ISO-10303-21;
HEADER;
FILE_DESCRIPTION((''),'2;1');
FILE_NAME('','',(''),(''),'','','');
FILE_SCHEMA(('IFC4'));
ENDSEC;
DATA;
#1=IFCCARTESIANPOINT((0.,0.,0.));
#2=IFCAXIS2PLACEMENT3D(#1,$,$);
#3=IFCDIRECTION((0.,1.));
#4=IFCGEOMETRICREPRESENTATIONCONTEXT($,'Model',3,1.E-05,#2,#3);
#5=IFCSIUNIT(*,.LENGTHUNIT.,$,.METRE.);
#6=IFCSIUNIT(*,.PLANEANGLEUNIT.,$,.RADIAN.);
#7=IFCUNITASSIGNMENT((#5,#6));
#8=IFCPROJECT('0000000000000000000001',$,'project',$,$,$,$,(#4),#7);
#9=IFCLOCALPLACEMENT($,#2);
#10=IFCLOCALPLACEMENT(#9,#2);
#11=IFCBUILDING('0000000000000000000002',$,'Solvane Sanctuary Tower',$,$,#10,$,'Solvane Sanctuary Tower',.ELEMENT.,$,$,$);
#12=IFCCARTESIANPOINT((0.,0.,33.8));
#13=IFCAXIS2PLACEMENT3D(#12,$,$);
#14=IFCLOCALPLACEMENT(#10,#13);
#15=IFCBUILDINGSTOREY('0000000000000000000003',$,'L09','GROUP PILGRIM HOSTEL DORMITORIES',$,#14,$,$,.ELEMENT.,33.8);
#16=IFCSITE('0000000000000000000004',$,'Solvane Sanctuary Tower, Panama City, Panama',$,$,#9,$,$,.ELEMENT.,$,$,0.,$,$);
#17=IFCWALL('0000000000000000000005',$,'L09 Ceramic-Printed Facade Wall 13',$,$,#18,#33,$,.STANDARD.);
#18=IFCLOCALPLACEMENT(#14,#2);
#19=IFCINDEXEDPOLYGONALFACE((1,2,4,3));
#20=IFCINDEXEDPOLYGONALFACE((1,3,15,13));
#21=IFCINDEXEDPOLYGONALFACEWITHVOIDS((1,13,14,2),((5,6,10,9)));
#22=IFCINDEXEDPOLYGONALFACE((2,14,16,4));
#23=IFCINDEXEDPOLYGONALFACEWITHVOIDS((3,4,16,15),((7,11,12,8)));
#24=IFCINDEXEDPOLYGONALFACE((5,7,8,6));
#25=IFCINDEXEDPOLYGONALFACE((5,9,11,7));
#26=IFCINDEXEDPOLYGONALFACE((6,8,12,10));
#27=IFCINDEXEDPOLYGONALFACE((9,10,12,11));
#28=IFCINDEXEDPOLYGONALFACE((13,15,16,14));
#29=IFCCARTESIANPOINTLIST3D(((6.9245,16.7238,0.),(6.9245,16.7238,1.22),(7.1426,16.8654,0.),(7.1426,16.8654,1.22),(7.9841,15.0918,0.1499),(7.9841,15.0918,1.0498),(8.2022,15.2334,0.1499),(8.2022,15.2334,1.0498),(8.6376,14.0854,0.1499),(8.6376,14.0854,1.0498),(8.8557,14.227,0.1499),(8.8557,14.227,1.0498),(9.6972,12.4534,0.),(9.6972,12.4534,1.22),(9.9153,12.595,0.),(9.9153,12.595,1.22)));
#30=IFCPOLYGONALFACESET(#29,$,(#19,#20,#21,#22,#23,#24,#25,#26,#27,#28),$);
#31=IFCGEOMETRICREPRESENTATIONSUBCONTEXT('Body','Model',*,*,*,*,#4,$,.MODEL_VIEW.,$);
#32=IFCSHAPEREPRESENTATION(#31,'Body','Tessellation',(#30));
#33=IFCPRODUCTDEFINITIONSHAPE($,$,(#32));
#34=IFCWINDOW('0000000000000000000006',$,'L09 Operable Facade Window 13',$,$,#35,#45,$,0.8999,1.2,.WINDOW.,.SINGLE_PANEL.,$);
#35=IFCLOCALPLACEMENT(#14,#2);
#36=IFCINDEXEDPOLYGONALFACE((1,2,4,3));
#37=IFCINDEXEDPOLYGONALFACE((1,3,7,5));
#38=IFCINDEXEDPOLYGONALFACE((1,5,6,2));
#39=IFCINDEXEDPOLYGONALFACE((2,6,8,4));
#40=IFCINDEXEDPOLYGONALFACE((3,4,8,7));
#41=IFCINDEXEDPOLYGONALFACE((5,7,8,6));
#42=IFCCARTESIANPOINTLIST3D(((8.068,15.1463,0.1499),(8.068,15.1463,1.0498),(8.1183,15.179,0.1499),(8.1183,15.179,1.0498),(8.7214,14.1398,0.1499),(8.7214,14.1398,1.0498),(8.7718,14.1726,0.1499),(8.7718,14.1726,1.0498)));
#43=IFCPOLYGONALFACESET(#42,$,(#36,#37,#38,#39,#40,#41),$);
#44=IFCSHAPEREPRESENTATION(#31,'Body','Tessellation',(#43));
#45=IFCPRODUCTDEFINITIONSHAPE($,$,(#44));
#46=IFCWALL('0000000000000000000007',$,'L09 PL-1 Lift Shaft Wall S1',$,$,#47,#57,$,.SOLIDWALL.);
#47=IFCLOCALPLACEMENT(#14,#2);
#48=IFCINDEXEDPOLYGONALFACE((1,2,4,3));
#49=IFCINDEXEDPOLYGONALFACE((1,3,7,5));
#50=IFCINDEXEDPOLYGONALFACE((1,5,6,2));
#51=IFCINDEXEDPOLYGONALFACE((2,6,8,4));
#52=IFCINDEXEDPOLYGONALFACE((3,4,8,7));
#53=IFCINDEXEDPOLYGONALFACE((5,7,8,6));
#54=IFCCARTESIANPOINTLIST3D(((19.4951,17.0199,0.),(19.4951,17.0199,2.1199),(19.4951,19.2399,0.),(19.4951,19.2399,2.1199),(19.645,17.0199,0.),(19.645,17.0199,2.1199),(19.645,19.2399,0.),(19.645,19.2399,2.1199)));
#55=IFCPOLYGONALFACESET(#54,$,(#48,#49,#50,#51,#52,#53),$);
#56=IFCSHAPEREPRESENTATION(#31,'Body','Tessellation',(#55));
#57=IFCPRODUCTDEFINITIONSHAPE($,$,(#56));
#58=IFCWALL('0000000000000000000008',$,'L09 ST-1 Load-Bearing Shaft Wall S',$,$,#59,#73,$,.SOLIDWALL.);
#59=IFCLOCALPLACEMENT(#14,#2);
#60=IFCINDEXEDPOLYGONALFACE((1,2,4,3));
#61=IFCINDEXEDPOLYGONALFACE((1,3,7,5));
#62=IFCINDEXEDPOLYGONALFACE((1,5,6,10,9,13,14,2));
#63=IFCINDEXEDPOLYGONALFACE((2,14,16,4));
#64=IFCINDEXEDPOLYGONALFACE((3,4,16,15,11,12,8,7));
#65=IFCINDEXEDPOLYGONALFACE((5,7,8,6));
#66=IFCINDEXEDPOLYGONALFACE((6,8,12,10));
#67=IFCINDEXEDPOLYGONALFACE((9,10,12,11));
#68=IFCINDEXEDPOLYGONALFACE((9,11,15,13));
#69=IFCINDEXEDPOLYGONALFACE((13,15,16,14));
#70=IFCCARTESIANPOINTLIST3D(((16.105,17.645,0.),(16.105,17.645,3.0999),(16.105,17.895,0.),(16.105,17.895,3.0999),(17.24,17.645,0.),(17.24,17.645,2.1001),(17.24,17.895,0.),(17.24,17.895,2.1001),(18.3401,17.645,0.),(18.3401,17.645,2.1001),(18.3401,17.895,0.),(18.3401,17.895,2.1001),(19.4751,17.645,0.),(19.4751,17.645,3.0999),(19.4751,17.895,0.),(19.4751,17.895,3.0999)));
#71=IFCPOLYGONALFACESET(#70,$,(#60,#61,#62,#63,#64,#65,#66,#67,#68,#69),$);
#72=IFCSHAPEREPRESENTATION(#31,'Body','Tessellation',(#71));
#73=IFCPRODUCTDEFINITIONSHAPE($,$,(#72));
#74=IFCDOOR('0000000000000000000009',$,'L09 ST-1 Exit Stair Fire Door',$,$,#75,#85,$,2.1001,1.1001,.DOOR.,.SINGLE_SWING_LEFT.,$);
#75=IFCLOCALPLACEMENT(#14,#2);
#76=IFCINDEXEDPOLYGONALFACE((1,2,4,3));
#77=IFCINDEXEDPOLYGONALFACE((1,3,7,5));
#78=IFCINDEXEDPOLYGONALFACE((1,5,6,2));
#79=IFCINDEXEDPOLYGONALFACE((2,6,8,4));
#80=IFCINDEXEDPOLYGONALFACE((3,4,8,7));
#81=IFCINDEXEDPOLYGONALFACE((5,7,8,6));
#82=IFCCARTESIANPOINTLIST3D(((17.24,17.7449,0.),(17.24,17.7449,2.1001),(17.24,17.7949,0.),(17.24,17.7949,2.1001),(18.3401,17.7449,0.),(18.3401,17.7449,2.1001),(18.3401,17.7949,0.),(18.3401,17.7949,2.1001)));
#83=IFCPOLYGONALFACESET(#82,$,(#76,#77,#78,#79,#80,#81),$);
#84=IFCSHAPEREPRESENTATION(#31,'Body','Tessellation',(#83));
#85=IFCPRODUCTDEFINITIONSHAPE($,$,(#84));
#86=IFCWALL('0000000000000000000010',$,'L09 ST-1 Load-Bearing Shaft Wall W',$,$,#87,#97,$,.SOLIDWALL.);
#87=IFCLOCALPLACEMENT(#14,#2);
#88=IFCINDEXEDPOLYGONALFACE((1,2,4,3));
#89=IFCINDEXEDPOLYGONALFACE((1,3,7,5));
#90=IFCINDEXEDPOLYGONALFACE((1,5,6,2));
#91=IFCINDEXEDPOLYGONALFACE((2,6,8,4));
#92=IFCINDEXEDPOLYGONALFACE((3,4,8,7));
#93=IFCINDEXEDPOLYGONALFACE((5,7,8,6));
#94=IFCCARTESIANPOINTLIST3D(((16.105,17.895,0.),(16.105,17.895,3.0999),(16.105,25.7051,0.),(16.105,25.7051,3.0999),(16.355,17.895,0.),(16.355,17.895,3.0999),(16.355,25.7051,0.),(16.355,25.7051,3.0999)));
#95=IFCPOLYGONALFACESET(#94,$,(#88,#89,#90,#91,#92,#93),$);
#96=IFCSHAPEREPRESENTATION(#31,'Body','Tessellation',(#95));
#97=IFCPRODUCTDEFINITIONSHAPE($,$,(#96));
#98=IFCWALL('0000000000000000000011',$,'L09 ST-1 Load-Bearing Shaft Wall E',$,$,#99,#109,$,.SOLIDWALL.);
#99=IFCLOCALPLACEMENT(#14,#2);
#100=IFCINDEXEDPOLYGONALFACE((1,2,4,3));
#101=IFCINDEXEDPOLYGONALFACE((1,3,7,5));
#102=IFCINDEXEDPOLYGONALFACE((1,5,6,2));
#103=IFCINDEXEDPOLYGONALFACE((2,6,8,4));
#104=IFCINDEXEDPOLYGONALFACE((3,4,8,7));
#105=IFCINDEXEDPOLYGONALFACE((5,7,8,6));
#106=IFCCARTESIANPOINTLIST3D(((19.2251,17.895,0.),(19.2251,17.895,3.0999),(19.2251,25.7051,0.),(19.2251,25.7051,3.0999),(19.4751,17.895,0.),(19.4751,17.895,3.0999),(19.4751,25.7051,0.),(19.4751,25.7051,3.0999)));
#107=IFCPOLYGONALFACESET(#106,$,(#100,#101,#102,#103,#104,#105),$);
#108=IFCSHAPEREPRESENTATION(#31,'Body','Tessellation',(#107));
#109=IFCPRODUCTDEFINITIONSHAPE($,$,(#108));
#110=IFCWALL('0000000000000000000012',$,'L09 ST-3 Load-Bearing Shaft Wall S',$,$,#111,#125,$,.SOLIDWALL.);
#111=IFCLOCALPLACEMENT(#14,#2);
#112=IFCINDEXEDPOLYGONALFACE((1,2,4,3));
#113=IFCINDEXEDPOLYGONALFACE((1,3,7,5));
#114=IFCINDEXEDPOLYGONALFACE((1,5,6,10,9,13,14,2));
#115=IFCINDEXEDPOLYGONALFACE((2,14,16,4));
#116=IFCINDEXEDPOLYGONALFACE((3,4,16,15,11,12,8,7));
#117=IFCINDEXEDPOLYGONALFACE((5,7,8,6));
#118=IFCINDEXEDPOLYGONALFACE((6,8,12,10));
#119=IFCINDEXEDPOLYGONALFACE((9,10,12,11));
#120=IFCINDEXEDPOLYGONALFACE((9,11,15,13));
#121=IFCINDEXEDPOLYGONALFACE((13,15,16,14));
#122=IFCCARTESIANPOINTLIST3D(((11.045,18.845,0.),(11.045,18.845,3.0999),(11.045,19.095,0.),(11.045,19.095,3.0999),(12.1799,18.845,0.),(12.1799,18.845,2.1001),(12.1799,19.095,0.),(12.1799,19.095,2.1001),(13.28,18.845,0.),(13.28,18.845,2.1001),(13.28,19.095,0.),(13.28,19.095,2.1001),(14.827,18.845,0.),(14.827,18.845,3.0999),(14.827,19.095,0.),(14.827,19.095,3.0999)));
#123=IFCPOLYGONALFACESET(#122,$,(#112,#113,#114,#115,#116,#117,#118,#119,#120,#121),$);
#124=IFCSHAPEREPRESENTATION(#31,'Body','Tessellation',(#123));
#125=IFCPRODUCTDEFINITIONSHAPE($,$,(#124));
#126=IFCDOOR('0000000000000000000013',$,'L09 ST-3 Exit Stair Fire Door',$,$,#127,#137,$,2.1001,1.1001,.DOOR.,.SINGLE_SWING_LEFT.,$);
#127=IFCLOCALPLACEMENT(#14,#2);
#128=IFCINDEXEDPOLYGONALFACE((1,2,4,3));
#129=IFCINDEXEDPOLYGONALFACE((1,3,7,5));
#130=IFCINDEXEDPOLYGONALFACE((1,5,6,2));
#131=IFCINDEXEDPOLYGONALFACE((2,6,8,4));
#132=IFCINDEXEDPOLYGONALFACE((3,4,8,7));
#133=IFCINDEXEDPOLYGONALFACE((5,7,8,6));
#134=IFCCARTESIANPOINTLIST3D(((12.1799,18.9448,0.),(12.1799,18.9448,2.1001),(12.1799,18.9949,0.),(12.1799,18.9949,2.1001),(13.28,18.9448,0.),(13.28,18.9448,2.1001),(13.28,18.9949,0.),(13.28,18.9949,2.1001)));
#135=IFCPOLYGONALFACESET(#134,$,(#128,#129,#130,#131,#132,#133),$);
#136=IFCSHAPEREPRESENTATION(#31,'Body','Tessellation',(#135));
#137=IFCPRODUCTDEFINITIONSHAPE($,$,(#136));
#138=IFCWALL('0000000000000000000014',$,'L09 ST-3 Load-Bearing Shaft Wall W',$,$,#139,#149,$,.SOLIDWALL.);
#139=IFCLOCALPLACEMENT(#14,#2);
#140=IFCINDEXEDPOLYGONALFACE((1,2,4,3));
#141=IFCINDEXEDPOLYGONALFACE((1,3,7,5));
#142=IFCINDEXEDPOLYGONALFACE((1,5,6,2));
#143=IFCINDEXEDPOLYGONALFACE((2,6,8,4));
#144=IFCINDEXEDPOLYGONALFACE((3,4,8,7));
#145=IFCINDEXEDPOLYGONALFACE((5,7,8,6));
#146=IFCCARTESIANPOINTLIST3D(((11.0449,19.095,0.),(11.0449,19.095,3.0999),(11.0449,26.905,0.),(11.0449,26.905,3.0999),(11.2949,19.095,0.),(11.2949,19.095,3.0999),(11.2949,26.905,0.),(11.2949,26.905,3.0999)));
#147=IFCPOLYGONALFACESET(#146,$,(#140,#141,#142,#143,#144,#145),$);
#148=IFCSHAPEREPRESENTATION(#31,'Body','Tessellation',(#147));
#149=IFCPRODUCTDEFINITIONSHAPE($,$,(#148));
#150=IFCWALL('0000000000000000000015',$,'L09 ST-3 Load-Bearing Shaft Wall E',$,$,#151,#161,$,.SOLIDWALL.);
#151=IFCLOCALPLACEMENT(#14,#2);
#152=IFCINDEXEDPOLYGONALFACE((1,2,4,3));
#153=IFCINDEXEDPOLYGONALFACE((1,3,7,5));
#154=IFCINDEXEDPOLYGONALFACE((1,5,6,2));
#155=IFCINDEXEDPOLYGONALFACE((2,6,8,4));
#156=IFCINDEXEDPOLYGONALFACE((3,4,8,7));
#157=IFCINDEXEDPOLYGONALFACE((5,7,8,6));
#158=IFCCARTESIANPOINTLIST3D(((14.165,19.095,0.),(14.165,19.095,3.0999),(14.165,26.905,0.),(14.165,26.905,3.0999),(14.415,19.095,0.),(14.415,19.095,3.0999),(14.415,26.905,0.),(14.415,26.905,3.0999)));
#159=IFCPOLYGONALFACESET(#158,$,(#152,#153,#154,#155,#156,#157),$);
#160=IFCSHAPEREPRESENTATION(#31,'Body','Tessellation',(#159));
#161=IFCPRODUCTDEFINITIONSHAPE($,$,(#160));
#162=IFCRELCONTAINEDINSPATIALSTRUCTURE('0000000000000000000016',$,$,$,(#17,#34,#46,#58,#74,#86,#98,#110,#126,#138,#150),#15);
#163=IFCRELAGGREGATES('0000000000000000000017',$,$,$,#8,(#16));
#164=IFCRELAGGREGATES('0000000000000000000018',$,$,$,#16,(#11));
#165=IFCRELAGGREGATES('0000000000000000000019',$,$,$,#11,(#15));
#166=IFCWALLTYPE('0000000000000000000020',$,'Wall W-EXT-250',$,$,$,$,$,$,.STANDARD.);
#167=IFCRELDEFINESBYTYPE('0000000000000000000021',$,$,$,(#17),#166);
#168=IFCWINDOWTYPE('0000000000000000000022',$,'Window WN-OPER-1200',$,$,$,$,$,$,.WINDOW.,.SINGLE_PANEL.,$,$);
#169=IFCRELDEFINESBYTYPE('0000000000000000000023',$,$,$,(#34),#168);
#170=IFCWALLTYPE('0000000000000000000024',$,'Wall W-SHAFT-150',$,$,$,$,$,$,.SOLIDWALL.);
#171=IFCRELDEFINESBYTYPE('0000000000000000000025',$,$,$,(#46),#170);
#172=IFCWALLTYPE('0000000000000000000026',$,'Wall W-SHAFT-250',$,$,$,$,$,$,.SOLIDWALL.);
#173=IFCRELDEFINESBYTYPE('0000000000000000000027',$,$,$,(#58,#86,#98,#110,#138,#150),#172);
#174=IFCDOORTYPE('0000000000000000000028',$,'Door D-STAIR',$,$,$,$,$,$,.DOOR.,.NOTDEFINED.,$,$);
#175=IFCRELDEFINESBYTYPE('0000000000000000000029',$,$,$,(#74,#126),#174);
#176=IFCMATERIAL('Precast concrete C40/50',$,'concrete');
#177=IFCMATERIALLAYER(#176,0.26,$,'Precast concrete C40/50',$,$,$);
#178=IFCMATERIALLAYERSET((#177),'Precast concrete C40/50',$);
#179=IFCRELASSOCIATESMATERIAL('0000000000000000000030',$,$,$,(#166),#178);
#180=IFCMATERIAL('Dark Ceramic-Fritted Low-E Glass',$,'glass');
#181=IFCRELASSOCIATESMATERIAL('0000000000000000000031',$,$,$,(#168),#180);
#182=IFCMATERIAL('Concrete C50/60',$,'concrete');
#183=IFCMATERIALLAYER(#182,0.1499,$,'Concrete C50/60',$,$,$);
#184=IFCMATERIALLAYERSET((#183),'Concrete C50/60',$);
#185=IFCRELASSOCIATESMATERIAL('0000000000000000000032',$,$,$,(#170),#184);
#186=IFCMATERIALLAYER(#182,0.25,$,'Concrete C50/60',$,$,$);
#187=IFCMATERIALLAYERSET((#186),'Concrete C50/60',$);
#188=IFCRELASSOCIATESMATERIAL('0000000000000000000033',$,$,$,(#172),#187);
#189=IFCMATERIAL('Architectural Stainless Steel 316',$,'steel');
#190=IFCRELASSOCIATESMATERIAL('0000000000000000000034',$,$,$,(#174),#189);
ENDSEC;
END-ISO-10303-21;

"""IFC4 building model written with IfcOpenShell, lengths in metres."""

from ifc_helpers import new_model, si_unit, direction, frame, frame_2d, origin, place, context, subcontext, project, spatial, rectangle, extrude, material, layer, layer_set, type_object, element, fill, save


model = new_model("IFC4")

# Units and contexts
model_context = context("Model", 3, precision=1e-05, world=origin(), true_north=direction((0.0, 1.0)))
body_context = subcontext(model_context, "Body", "Model", "MODEL_VIEW")
ifc_project = project(units=[si_unit("LENGTHUNIT", "METRE"), si_unit("PLANEANGLEUNIT", "RADIAN")], contexts=[model_context])

# Site, building, storey
site_placement = place(None, origin())
site = spatial("IfcSite", under=ifc_project, at=site_placement, Name="Solvane Sanctuary Tower, Panama City, Panama", CompositionType="ELEMENT", RefElevation=0.0)
building_placement = place(site_placement, origin())
building = spatial("IfcBuilding", under=site, at=building_placement, Name="Solvane Sanctuary Tower", LongName="Solvane Sanctuary Tower", CompositionType="ELEMENT")
storey_placement = place(building_placement, frame((0.0, 0.0, 33.8)))
storey = spatial("IfcBuildingStorey", under=building, at=storey_placement, Name="L09", Description="GROUP PILGRIM HOSTEL DORMITORIES", CompositionType="ELEMENT", Elevation=33.8)

# Wall, opening, window
ifc_material_1 = material(Name="Precast concrete C40/50", Category="concrete")
ifc_layer_1 = layer(ifc_material_1, 0.26, Name="Precast concrete C40/50")
ifc_layer_set_1 = layer_set([ifc_layer_1], Name="Precast concrete C40/50")
wall_type_1 = type_object("IfcWallType", Name="Wall W-EXT-250", PredefinedType="STANDARD", material=ifc_layer_set_1)
wall_1_placement = place(storey_placement, frame((7.0334, 16.7947, 0.0), z_axis=(0.0, 0.0, 1.0), x_axis=(0.544579, -0.83871, 0.0)))
wall_1 = element("IfcWall", 1, at=wall_1_placement, inside=storey, type_object=wall_type_1, Name="L09 Ceramic-Printed Facade Wall 13", PredefinedType="STANDARD", context=body_context, shape_type="SweptSolid", body=[
    extrude(rectangle(XDim=5.0916, YDim=0.26, at=frame_2d((2.5459, 0.0))), origin(), (0.0, 0.0, 1.0), 1.22),
])
opening_1_placement = place(wall_1_placement, frame((1.9458, 0.0, 0.1499)))
opening_1 = element("IfcOpeningElement", 2, at=opening_1_placement, cuts=wall_1, PredefinedType="OPENING", context=body_context, shape_type="SweptSolid", body=[
    extrude(rectangle(XDim=1.2, YDim=0.8999, at=frame_2d((0.6001, 0.45))), frame((0.0, 0.1399, 0.0), z_axis=(0.0, -1.0, 0.0), x_axis=(1.0, 0.0, 0.0)), (0.0, 0.0, 1.0), 0.28),
])
ifc_material_2 = material(Name="Dark Ceramic-Fritted Low-E Glass", Category="glass")
window_type = type_object("IfcWindowType", Name="Window WN-OPER-1200", PartitioningType="SINGLE_PANEL", PredefinedType="WINDOW", material=ifc_material_2)
window_placement = place(opening_1_placement, origin())
window = element("IfcWindow", 3, at=window_placement, inside=storey, type_object=window_type, Name="L09 Operable Facade Window 13", OverallHeight=0.8999, OverallWidth=1.2, PartitioningType="SINGLE_PANEL", PredefinedType="WINDOW", context=body_context, shape_type="SweptSolid", body=[
    extrude(rectangle(XDim=1.2, YDim=0.8999, at=frame_2d((0.6001, 0.45))), frame((0.0, 0.03, 0.0), z_axis=(0.0, -1.0, 0.0), x_axis=(1.0, 0.0, 0.0)), (0.0, 0.0, 1.0), 0.0601),
])
fill(opening_1, window)

# Wall
ifc_material_3 = material(Name="Concrete C50/60", Category="concrete")
ifc_layer_2 = layer(ifc_material_3, 0.1499, Name="Concrete C50/60")
ifc_layer_set_2 = layer_set([ifc_layer_2], Name="Concrete C50/60")
wall_type_2 = type_object("IfcWallType", Name="Wall W-SHAFT-150", PredefinedType="SOLIDWALL", material=ifc_layer_set_2)
wall_2_placement = place(storey_placement, frame((19.5701, 17.02, 0.0), z_axis=(0.0, 0.0, 1.0), x_axis=(0.0, 1.0, 0.0)))
element("IfcWall", 4, at=wall_2_placement, inside=storey, type_object=wall_type_2, Name="L09 PL-1 Lift Shaft Wall S1", PredefinedType="SOLIDWALL", context=body_context, shape_type="SweptSolid", body=[
    extrude(rectangle(XDim=2.22, YDim=0.1499, at=frame_2d((1.1099, 0.0))), origin(), (0.0, 0.0, 1.0), 2.1199),
])

# Wall, opening, door
ifc_layer_3 = layer(ifc_material_3, 0.25, Name="Concrete C50/60")
ifc_layer_set_3 = layer_set([ifc_layer_3], Name="Concrete C50/60")
wall_type_3 = type_object("IfcWallType", Name="Wall W-SHAFT-250", PredefinedType="SOLIDWALL", material=ifc_layer_set_3)
wall_3_placement = place(storey_placement, frame((16.105, 17.77, 0.0), z_axis=(0.0, 0.0, 1.0), x_axis=(1.0, 0.0, 0.0)))
wall_3 = element("IfcWall", 5, at=wall_3_placement, inside=storey, type_object=wall_type_3, Name="L09 ST-1 Load-Bearing Shaft Wall S", PredefinedType="SOLIDWALL", context=body_context, shape_type="SweptSolid", body=[
    extrude(rectangle(XDim=3.3701, YDim=0.25, at=frame_2d((1.6851, 0.0))), origin(), (0.0, 0.0, 1.0), 3.0999),
])
opening_2_placement = place(wall_3_placement, frame((1.135, 0.0, 0.0)))
opening_2 = element("IfcOpeningElement", 6, at=opening_2_placement, cuts=wall_3, PredefinedType="OPENING", context=body_context, shape_type="SweptSolid", body=[
    extrude(rectangle(XDim=1.1001, YDim=2.1001, at=frame_2d((0.55, 1.05))), frame((0.0, 0.135, 0.0), z_axis=(0.0, -1.0, 0.0), x_axis=(1.0, 0.0, 0.0)), (0.0, 0.0, 1.0), 0.27),
])
ifc_material_4 = material(Name="Architectural Stainless Steel 316", Category="steel")
door_type_1 = type_object("IfcDoorType", Name="Door D-STAIR", OperationType="NOTDEFINED", PredefinedType="DOOR", material=ifc_material_4)
door_1_placement = place(opening_2_placement, origin())
door_1 = element("IfcDoor", 7, at=door_1_placement, inside=storey, type_object=door_type_1, Name="L09 ST-1 Exit Stair Fire Door", OperationType="SINGLE_SWING_LEFT", OverallHeight=2.1001, OverallWidth=1.1001, PredefinedType="DOOR", context=body_context, shape_type="SweptSolid", body=[
    extrude(rectangle(XDim=1.1001, YDim=2.1001, at=frame_2d((0.55, 1.05))), frame((0.0, 0.0249, 0.0), z_axis=(0.0, -1.0, 0.0), x_axis=(1.0, 0.0, 0.0)), (0.0, 0.0, 1.0), 0.05),
])
fill(opening_2, door_1)

# Walls
for number, where, z_axis, x_axis, name in (
    (8, (16.23, 17.895, 0.0), (0.0, 0.0, 1.0), (0.0, 1.0, 0.0), "L09 ST-1 Load-Bearing Shaft Wall W"),
    (9, (19.3501, 17.895, 0.0), (0.0, 0.0, 1.0), (0.0, 1.0, 0.0), "L09 ST-1 Load-Bearing Shaft Wall E"),
):
    element("IfcWall", number, at=place(storey_placement, frame(where, z_axis=z_axis, x_axis=x_axis)), inside=storey, type_object=wall_type_3, Name=name, PredefinedType="SOLIDWALL", context=body_context, shape_type="SweptSolid", body=[
        extrude(rectangle(XDim=7.8101, YDim=0.25, at=frame_2d((3.905, 0.0))), origin(), (0.0, 0.0, 1.0), 3.0999),
    ])

# Wall, opening, door
wall_4_placement = place(storey_placement, frame((11.0449, 18.97, 0.0), z_axis=(0.0, 0.0, 1.0), x_axis=(1.0, 0.0, 0.0)))
wall_4 = element("IfcWall", 10, at=wall_4_placement, inside=storey, type_object=wall_type_3, Name="L09 ST-3 Load-Bearing Shaft Wall S", PredefinedType="SOLIDWALL", context=body_context, shape_type="SweptSolid", body=[
    extrude(rectangle(XDim=3.782, YDim=0.25, at=frame_2d((1.8911, 0.0))), origin(), (0.0, 0.0, 1.0), 3.0999),
])
opening_3_placement = place(wall_4_placement, frame((1.135, 0.0, 0.0)))
opening_3 = element("IfcOpeningElement", 11, at=opening_3_placement, cuts=wall_4, PredefinedType="OPENING", context=body_context, shape_type="SweptSolid", body=[
    extrude(rectangle(XDim=1.1001, YDim=2.1001, at=frame_2d((0.55, 1.05))), frame((0.0, 0.135, 0.0), z_axis=(0.0, -1.0, 0.0), x_axis=(1.0, 0.0, 0.0)), (0.0, 0.0, 1.0), 0.27),
])
door_2_placement = place(opening_3_placement, origin())
door_2 = element("IfcDoor", 12, at=door_2_placement, inside=storey, type_object=door_type_1, Name="L09 ST-3 Exit Stair Fire Door", OperationType="SINGLE_SWING_LEFT", OverallHeight=2.1001, OverallWidth=1.1001, PredefinedType="DOOR", context=body_context, shape_type="SweptSolid", body=[
    extrude(rectangle(XDim=1.1001, YDim=2.1001, at=frame_2d((0.55, 1.05))), frame((0.0, 0.0249, 0.0), z_axis=(0.0, -1.0, 0.0), x_axis=(1.0, 0.0, 0.0)), (0.0, 0.0, 1.0), 0.05),
])
fill(opening_3, door_2)

# Walls
for number, where, z_axis, x_axis, name in (
    (13, (11.1699, 19.095, 0.0), (0.0, 0.0, 1.0), (0.0, 1.0, 0.0), "L09 ST-3 Load-Bearing Shaft Wall W"),
    (14, (14.29, 19.095, 0.0), (0.0, 0.0, 1.0), (0.0, 1.0, 0.0), "L09 ST-3 Load-Bearing Shaft Wall E"),
):
    element("IfcWall", number, at=place(storey_placement, frame(where, z_axis=z_axis, x_axis=x_axis)), inside=storey, type_object=wall_type_3, Name=name, PredefinedType="SOLIDWALL", context=body_context, shape_type="SweptSolid", body=[
        extrude(rectangle(XDim=7.8101, YDim=0.25, at=frame_2d((3.905, 0.0))), origin(), (0.0, 0.0, 1.0), 3.0999),
    ])

save(model, "model.ifc")
